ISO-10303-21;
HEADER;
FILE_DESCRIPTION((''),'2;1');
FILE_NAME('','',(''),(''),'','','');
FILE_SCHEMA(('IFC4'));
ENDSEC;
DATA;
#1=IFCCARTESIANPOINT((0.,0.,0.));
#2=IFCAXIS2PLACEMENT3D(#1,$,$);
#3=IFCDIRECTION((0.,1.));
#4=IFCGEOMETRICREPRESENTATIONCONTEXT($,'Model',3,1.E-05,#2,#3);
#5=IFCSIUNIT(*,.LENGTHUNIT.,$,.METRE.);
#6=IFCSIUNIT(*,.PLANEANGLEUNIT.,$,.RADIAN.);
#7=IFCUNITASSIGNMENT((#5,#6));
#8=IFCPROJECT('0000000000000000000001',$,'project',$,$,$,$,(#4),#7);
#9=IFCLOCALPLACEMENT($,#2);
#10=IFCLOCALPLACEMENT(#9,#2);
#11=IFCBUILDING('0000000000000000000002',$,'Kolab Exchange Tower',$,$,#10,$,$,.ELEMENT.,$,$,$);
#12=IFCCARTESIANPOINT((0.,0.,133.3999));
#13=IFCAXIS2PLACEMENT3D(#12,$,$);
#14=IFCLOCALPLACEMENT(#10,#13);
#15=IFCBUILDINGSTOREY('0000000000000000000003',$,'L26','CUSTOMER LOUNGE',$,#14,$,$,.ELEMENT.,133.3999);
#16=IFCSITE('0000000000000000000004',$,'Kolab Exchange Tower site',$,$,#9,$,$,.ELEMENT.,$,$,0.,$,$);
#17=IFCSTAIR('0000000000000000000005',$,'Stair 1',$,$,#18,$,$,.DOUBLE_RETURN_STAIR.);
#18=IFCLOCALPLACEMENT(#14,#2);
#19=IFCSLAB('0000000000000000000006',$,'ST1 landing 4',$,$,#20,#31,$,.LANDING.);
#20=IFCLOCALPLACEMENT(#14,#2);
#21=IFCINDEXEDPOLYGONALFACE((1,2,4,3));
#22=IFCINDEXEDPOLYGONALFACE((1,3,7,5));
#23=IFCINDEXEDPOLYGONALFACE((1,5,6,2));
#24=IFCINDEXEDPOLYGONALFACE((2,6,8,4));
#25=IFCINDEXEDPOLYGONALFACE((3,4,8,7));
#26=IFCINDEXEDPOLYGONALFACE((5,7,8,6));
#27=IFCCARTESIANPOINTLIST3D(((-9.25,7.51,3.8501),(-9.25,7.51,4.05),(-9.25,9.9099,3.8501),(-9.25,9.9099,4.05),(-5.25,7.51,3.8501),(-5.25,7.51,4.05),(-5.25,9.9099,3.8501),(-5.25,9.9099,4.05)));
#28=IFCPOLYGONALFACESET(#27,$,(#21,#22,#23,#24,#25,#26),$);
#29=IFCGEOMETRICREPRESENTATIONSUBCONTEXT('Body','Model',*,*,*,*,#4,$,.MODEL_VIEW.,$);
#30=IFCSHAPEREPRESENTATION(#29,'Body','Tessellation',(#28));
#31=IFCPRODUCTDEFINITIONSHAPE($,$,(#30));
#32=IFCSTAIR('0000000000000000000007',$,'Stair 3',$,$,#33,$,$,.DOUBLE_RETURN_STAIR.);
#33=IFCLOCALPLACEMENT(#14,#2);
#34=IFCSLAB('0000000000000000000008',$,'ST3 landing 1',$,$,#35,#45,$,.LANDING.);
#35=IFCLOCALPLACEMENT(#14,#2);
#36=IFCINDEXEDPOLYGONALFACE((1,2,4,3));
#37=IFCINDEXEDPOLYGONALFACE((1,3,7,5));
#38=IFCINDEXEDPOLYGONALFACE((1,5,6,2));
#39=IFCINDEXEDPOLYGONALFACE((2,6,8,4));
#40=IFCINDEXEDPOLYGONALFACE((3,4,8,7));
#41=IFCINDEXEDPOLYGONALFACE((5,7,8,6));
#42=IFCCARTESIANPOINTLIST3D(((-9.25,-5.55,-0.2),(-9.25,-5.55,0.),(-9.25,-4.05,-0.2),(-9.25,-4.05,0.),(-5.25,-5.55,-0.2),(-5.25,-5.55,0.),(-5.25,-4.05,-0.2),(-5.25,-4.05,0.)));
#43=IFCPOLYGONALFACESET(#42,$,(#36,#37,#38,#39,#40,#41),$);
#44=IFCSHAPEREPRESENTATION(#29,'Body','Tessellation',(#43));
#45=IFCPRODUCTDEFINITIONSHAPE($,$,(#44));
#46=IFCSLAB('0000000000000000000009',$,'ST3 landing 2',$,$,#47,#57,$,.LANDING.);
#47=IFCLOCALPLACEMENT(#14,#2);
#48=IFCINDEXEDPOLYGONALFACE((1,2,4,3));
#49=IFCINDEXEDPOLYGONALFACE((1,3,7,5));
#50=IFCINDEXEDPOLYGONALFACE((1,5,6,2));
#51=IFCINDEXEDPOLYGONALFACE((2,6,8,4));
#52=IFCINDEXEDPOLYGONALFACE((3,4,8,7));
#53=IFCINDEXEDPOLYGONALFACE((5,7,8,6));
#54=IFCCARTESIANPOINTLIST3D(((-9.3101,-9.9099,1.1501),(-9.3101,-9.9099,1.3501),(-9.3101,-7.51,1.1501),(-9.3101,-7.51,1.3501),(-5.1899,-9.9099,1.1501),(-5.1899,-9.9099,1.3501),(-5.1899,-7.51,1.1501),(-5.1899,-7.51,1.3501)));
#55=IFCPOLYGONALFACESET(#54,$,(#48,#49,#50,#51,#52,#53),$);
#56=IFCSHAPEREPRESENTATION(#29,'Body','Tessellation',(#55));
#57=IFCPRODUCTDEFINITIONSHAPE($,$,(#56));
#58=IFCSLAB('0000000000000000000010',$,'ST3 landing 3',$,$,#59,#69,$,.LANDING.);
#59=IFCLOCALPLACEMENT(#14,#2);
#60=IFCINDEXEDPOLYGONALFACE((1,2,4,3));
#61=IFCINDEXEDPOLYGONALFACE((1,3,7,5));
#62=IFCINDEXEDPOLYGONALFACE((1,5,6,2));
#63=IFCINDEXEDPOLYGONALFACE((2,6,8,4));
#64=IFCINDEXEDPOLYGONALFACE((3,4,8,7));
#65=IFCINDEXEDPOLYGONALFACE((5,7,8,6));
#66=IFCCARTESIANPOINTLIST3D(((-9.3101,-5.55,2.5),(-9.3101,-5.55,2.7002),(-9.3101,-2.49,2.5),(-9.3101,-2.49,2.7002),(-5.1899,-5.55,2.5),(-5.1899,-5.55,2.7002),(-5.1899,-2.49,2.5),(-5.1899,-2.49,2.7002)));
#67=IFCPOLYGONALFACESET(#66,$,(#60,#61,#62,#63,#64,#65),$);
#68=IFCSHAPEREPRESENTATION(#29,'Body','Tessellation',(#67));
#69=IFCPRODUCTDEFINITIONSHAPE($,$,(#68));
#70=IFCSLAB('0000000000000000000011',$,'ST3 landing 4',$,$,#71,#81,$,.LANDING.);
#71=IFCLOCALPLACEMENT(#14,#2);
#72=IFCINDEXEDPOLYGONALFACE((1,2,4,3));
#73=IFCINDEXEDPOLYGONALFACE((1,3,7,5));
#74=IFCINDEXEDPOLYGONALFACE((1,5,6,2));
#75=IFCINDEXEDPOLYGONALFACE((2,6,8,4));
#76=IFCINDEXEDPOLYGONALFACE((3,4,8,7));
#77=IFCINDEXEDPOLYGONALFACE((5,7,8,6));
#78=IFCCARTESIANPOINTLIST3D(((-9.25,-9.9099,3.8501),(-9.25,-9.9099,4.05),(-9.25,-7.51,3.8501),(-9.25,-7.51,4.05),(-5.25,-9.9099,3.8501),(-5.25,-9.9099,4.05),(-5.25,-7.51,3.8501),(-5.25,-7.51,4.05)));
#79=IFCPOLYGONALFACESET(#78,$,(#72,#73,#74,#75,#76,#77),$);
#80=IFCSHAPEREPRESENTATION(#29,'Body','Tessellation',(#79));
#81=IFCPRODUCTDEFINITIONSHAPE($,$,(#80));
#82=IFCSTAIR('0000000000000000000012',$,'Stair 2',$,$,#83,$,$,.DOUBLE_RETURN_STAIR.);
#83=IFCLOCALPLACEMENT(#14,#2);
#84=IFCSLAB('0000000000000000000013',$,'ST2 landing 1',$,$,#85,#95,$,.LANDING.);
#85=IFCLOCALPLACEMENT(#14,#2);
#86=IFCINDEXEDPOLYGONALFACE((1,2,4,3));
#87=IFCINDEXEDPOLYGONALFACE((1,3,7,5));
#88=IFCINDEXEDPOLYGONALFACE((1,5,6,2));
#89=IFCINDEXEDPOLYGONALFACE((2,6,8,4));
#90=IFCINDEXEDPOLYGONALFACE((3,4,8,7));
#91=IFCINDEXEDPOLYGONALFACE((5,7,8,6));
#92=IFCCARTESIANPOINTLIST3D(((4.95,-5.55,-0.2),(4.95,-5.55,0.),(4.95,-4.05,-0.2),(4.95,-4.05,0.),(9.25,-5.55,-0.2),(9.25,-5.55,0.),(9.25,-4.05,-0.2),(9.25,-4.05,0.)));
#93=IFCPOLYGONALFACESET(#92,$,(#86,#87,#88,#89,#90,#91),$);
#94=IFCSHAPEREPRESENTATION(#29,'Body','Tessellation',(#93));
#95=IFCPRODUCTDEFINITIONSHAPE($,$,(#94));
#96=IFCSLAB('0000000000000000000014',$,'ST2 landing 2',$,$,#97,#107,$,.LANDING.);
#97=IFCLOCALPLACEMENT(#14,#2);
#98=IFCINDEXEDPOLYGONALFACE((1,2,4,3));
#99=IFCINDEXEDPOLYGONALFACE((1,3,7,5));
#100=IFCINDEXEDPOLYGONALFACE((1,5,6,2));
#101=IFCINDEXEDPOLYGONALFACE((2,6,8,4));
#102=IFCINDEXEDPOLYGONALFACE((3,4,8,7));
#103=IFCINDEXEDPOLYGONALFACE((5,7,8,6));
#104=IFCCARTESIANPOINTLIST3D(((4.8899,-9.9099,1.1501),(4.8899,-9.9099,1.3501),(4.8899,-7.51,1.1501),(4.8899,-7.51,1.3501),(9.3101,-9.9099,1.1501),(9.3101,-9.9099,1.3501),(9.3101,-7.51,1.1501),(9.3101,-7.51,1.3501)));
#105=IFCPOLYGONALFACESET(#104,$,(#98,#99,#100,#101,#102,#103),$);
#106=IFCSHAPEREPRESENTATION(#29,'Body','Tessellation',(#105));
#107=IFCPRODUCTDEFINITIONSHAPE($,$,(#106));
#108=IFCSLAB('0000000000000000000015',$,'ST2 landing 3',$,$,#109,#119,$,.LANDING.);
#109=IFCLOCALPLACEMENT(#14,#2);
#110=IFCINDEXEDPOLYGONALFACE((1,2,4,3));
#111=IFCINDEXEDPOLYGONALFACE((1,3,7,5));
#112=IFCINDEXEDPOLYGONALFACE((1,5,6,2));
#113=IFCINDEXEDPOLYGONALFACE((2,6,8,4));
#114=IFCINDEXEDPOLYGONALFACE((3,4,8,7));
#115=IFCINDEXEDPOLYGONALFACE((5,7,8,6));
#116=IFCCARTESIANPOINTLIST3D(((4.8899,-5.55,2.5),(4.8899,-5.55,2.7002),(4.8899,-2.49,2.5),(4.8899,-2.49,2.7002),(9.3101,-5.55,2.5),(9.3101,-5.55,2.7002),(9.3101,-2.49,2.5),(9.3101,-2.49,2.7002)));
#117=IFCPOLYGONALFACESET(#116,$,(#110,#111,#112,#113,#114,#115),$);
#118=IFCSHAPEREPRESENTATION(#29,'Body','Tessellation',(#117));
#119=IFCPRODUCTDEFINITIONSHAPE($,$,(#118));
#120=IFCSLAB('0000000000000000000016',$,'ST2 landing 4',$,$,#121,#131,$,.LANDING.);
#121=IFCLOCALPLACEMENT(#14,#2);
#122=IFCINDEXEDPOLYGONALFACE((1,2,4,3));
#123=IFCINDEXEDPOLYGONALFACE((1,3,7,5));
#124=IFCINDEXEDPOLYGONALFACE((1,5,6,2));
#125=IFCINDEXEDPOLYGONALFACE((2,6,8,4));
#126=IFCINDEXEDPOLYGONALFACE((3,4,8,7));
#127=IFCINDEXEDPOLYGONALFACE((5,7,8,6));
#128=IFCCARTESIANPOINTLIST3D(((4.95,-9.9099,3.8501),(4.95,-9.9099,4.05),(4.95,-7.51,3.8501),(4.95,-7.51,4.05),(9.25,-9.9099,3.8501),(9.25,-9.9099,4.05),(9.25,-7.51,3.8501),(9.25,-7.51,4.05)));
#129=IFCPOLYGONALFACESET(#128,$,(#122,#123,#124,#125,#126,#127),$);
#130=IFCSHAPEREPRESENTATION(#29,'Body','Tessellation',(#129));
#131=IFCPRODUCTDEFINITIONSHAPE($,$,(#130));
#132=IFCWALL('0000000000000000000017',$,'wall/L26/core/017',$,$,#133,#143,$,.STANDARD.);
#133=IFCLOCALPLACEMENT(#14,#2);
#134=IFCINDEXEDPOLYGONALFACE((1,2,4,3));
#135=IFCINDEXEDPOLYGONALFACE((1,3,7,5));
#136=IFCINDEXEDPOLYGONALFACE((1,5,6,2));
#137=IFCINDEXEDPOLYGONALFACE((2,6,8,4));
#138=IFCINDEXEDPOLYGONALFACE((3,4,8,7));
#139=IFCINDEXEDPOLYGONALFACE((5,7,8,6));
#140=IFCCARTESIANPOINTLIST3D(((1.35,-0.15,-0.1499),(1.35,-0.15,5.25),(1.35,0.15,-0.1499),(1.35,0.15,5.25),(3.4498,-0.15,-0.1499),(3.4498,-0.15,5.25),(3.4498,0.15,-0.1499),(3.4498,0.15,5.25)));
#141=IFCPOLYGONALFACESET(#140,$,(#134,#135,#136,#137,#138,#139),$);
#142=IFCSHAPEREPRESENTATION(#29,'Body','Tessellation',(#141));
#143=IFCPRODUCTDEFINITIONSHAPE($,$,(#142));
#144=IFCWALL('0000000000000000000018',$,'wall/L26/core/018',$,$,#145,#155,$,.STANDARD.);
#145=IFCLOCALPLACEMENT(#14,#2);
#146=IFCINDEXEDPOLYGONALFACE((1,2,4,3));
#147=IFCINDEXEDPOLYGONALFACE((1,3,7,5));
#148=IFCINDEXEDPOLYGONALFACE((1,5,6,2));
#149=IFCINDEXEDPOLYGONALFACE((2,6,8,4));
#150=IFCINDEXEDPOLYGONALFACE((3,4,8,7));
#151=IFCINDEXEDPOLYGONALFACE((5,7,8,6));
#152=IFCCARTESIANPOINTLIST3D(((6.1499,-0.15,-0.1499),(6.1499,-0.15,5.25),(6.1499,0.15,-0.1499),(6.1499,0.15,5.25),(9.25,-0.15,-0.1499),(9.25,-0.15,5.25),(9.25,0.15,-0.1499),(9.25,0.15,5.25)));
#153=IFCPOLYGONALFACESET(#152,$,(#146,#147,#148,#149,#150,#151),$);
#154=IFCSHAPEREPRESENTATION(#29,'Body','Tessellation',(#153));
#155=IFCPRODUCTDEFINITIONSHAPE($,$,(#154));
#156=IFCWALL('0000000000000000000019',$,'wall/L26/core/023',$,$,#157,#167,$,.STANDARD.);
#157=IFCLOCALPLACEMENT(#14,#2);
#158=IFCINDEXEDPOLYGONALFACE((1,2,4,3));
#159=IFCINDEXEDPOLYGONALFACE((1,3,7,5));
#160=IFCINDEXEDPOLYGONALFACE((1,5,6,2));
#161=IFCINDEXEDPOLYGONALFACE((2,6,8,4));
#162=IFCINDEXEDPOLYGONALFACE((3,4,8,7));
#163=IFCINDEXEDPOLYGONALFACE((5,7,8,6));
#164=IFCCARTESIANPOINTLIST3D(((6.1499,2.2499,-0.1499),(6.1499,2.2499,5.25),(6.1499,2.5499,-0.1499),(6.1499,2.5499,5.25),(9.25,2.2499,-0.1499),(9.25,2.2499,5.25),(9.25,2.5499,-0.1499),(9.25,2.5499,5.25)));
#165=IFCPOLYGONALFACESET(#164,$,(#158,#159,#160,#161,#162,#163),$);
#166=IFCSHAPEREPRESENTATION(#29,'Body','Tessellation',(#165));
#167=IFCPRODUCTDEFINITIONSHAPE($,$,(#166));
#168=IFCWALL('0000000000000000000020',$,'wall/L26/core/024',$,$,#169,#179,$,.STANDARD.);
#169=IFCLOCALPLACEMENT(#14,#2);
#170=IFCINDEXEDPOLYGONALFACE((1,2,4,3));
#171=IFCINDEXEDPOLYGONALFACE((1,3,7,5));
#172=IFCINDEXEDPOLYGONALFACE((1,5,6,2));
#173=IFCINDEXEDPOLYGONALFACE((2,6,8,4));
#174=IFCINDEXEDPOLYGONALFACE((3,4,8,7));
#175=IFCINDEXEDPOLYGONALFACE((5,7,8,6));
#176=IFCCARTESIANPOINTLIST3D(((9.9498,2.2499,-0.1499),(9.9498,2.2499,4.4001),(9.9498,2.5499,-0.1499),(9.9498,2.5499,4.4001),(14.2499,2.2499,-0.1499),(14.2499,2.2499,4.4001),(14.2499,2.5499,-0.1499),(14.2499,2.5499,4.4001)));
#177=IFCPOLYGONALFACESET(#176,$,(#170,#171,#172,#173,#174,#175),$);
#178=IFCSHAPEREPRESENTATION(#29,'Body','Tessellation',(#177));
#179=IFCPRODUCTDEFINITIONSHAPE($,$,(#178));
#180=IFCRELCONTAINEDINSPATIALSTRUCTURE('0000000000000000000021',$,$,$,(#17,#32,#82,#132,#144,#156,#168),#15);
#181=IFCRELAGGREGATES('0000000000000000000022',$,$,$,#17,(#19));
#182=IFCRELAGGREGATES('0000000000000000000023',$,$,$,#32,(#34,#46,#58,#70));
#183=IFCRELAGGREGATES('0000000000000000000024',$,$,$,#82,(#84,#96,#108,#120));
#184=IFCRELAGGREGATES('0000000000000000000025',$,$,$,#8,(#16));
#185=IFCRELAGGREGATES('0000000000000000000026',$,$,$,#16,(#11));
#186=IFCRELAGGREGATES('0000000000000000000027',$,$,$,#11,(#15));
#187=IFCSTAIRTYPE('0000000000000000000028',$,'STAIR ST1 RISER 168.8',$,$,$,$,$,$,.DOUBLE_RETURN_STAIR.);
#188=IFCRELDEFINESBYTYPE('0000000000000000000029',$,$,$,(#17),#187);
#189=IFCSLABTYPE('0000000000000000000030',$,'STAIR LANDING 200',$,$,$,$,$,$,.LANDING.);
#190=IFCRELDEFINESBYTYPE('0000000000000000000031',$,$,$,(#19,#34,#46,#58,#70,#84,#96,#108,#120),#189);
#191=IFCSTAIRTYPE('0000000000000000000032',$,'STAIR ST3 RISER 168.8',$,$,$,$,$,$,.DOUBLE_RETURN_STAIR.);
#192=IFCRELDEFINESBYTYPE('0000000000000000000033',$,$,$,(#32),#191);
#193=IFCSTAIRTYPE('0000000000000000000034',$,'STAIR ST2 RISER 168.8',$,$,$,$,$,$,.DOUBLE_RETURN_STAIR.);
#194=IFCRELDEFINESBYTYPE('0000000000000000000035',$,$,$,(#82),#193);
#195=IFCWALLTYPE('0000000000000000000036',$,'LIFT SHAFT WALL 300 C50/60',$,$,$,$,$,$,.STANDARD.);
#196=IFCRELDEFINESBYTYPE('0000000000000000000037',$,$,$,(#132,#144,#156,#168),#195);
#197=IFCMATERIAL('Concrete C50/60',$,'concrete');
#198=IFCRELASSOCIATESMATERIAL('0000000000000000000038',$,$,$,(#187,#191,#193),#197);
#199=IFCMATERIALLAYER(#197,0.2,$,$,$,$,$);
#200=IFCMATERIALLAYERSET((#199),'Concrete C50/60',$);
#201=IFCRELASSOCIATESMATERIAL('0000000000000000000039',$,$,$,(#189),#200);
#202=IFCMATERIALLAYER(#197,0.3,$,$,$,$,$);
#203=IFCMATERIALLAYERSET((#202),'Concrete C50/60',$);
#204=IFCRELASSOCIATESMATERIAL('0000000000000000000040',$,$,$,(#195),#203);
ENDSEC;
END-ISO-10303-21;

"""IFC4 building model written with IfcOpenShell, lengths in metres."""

from ifc_helpers import new_model, si_unit, direction, frame, frame_2d, origin, place, context, subcontext, project, spatial, polyline, rectangle, outline, extrude, material, layer, layer_set, type_object, element, aggregate, save


model = new_model("IFC4")

# Units and contexts
model_context = context("Model", 3, precision=1e-05, world=origin(), true_north=direction((0.0, 1.0)))
body_context = subcontext(model_context, "Body", "Model", "MODEL_VIEW")
ifc_project = project(units=[si_unit("LENGTHUNIT", "METRE"), si_unit("PLANEANGLEUNIT", "RADIAN")], contexts=[model_context])

# Site, building, storey
site_placement = place(None, origin())
site = spatial("IfcSite", under=ifc_project, at=site_placement, Name="Kolab Exchange Tower site", CompositionType="ELEMENT", RefElevation=0.0)
building_placement = place(site_placement, origin())
building = spatial("IfcBuilding", under=site, at=building_placement, Name="Kolab Exchange Tower", CompositionType="ELEMENT")
storey_placement = place(building_placement, frame((0.0, 0.0, 133.3999)))
storey = spatial("IfcBuildingStorey", under=building, at=storey_placement, Name="L26", Description="CUSTOMER LOUNGE", CompositionType="ELEMENT", Elevation=133.3999)

# Stair, slab
ifc_material_1 = material(Name="Concrete C50/60", Category="concrete")
stair_type_1 = type_object("IfcStairType", Name="STAIR ST1 RISER 168.8", PredefinedType="DOUBLE_RETURN_STAIR", material=ifc_material_1)
stair_1_placement = place(storey_placement, origin())
stair_1 = element("IfcStair", 1, at=stair_1_placement, inside=storey, type_object=stair_type_1, Name="Stair 1", PredefinedType="DOUBLE_RETURN_STAIR")
ifc_layer_1 = layer(ifc_material_1, 0.2)
ifc_layer_set_1 = layer_set([ifc_layer_1], Name="Concrete C50/60")
slab_type = type_object("IfcSlabType", Name="STAIR LANDING 200", PredefinedType="LANDING", material=ifc_layer_set_1)
slab_1_placement = place(storey_placement, frame((0.0, 0.0, 3.8501)))
slab_1 = element("IfcSlab", 2, at=slab_1_placement, type_object=slab_type, Name="ST1 landing 4", PredefinedType="LANDING", context=body_context, shape_type="SweptSolid", body=[
    extrude(outline(polyline([(-9.25, 7.51), (-5.25, 7.51), (-5.25, 9.9099), (-9.25, 9.9099), (-9.25, 7.51)])), origin(), (0.0, 0.0, 1.0), 0.2),
])
aggregate(stair_1, [slab_1])

# Stairs, slabs
stair_type_2 = type_object("IfcStairType", Name="STAIR ST3 RISER 168.8", PredefinedType="DOUBLE_RETURN_STAIR", material=ifc_material_1)
stair_2_placement = place(storey_placement, origin())
stair_2 = element("IfcStair", 3, at=stair_2_placement, inside=storey, type_object=stair_type_2, Name="Stair 3", PredefinedType="DOUBLE_RETURN_STAIR")
slab_2_placement = place(storey_placement, frame((0.0, 0.0, -0.2)))
slab_2 = element("IfcSlab", 4, at=slab_2_placement, type_object=slab_type, Name="ST3 landing 1", PredefinedType="LANDING", context=body_context, shape_type="SweptSolid", body=[
    extrude(outline(polyline([(-9.25, -5.55), (-5.25, -5.55), (-5.25, -4.05), (-9.25, -4.05), (-9.25, -5.55)])), origin(), (0.0, 0.0, 1.0), 0.2),
])
slab_3_placement = place(storey_placement, frame((0.0, 0.0, 1.1501)))
slab_3 = element("IfcSlab", 5, at=slab_3_placement, type_object=slab_type, Name="ST3 landing 2", PredefinedType="LANDING", context=body_context, shape_type="SweptSolid", body=[
    extrude(outline(polyline([(-9.3101, -9.9099), (-5.1899, -9.9099), (-5.1899, -7.51), (-9.3101, -7.51), (-9.3101, -9.9099)])), origin(), (0.0, 0.0, 1.0), 0.2),
])
slab_4_placement = place(storey_placement, frame((0.0, 0.0, 2.5)))
slab_4 = element("IfcSlab", 6, at=slab_4_placement, type_object=slab_type, Name="ST3 landing 3", PredefinedType="LANDING", context=body_context, shape_type="SweptSolid", body=[
    extrude(outline(polyline([(-9.3101, -5.55), (-5.1899, -5.55), (-5.1899, -2.49), (-9.3101, -2.49), (-9.3101, -5.55)])), origin(), (0.0, 0.0, 1.0), 0.2002),
])
slab_5_placement = place(storey_placement, frame((0.0, 0.0, 3.8501)))
slab_5 = element("IfcSlab", 7, at=slab_5_placement, type_object=slab_type, Name="ST3 landing 4", PredefinedType="LANDING", context=body_context, shape_type="SweptSolid", body=[
    extrude(outline(polyline([(-9.25, -9.9099), (-5.25, -9.9099), (-5.25, -7.51), (-9.25, -7.51), (-9.25, -9.9099)])), origin(), (0.0, 0.0, 1.0), 0.2),
])
aggregate(stair_2, [slab_2, slab_3, slab_4, slab_5])
stair_type_3 = type_object("IfcStairType", Name="STAIR ST2 RISER 168.8", PredefinedType="DOUBLE_RETURN_STAIR", material=ifc_material_1)
stair_3_placement = place(storey_placement, origin())
stair_3 = element("IfcStair", 8, at=stair_3_placement, inside=storey, type_object=stair_type_3, Name="Stair 2", PredefinedType="DOUBLE_RETURN_STAIR")
slab_6_placement = place(storey_placement, frame((0.0, 0.0, -0.2)))
slab_6 = element("IfcSlab", 9, at=slab_6_placement, type_object=slab_type, Name="ST2 landing 1", PredefinedType="LANDING", context=body_context, shape_type="SweptSolid", body=[
    extrude(outline(polyline([(4.95, -5.55), (9.25, -5.55), (9.25, -4.05), (4.95, -4.05), (4.95, -5.55)])), origin(), (0.0, 0.0, 1.0), 0.2),
])
slab_7_placement = place(storey_placement, frame((0.0, 0.0, 1.1501)))
slab_7 = element("IfcSlab", 10, at=slab_7_placement, type_object=slab_type, Name="ST2 landing 2", PredefinedType="LANDING", context=body_context, shape_type="SweptSolid", body=[
    extrude(outline(polyline([(4.8899, -9.9099), (9.3101, -9.9099), (9.3101, -7.51), (4.8899, -7.51), (4.8899, -9.9099)])), origin(), (0.0, 0.0, 1.0), 0.2),
])
slab_8_placement = place(storey_placement, frame((0.0, 0.0, 2.5)))
slab_8 = element("IfcSlab", 11, at=slab_8_placement, type_object=slab_type, Name="ST2 landing 3", PredefinedType="LANDING", context=body_context, shape_type="SweptSolid", body=[
    extrude(outline(polyline([(4.8899, -5.55), (9.3101, -5.55), (9.3101, -2.49), (4.8899, -2.49), (4.8899, -5.55)])), origin(), (0.0, 0.0, 1.0), 0.2002),
])
slab_9_placement = place(storey_placement, frame((0.0, 0.0, 3.8501)))
slab_9 = element("IfcSlab", 12, at=slab_9_placement, type_object=slab_type, Name="ST2 landing 4", PredefinedType="LANDING", context=body_context, shape_type="SweptSolid", body=[
    extrude(outline(polyline([(4.95, -9.9099), (9.25, -9.9099), (9.25, -7.51), (4.95, -7.51), (4.95, -9.9099)])), origin(), (0.0, 0.0, 1.0), 0.2),
])
aggregate(stair_3, [slab_6, slab_7, slab_8, slab_9])

# Walls
ifc_layer_2 = layer(ifc_material_1, 0.3)
ifc_layer_set_2 = layer_set([ifc_layer_2], Name="Concrete C50/60")
wall_type = type_object("IfcWallType", Name="LIFT SHAFT WALL 300 C50/60", PredefinedType="STANDARD", material=ifc_layer_set_2)
wall_1_placement = place(storey_placement, frame((1.3501, 0.0, -0.1499), z_axis=(0.0, 0.0, 1.0), x_axis=(1.0, 0.0, 0.0)))
element("IfcWall", 13, at=wall_1_placement, inside=storey, type_object=wall_type, Name="wall/L26/core/017", PredefinedType="STANDARD", context=body_context, shape_type="SweptSolid", body=[
    extrude(rectangle(XDim=2.0999, YDim=0.3, at=frame_2d((1.0498, 0.0))), origin(), (0.0, 0.0, 1.0), 5.3999),
])
for number, where, z_axis, x_axis, name in (
    (14, (6.1499, 0.0, -0.1499), (0.0, 0.0, 1.0), (1.0, 0.0, 0.0), "wall/L26/core/018"),
    (15, (6.1499, 2.3999, -0.1499), (0.0, 0.0, 1.0), (1.0, 0.0, 0.0), "wall/L26/core/023"),
):
    element("IfcWall", number, at=place(storey_placement, frame(where, z_axis=z_axis, x_axis=x_axis)), inside=storey, type_object=wall_type, Name=name, PredefinedType="STANDARD", context=body_context, shape_type="SweptSolid", body=[
        extrude(rectangle(XDim=3.1001, YDim=0.3, at=frame_2d((1.55, 0.0))), origin(), (0.0, 0.0, 1.0), 5.3999),
    ])
wall_2_placement = place(storey_placement, frame((9.95, 2.3999, -0.1499), z_axis=(0.0, 0.0, 1.0), x_axis=(1.0, 0.0, 0.0)))
element("IfcWall", 16, at=wall_2_placement, inside=storey, type_object=wall_type, Name="wall/L26/core/024", PredefinedType="STANDARD", context=body_context, shape_type="SweptSolid", body=[
    extrude(rectangle(XDim=4.3, YDim=0.3, at=frame_2d((2.1499, 0.0))), origin(), (0.0, 0.0, 1.0), 4.55),
])

save(model, "model.ifc")
